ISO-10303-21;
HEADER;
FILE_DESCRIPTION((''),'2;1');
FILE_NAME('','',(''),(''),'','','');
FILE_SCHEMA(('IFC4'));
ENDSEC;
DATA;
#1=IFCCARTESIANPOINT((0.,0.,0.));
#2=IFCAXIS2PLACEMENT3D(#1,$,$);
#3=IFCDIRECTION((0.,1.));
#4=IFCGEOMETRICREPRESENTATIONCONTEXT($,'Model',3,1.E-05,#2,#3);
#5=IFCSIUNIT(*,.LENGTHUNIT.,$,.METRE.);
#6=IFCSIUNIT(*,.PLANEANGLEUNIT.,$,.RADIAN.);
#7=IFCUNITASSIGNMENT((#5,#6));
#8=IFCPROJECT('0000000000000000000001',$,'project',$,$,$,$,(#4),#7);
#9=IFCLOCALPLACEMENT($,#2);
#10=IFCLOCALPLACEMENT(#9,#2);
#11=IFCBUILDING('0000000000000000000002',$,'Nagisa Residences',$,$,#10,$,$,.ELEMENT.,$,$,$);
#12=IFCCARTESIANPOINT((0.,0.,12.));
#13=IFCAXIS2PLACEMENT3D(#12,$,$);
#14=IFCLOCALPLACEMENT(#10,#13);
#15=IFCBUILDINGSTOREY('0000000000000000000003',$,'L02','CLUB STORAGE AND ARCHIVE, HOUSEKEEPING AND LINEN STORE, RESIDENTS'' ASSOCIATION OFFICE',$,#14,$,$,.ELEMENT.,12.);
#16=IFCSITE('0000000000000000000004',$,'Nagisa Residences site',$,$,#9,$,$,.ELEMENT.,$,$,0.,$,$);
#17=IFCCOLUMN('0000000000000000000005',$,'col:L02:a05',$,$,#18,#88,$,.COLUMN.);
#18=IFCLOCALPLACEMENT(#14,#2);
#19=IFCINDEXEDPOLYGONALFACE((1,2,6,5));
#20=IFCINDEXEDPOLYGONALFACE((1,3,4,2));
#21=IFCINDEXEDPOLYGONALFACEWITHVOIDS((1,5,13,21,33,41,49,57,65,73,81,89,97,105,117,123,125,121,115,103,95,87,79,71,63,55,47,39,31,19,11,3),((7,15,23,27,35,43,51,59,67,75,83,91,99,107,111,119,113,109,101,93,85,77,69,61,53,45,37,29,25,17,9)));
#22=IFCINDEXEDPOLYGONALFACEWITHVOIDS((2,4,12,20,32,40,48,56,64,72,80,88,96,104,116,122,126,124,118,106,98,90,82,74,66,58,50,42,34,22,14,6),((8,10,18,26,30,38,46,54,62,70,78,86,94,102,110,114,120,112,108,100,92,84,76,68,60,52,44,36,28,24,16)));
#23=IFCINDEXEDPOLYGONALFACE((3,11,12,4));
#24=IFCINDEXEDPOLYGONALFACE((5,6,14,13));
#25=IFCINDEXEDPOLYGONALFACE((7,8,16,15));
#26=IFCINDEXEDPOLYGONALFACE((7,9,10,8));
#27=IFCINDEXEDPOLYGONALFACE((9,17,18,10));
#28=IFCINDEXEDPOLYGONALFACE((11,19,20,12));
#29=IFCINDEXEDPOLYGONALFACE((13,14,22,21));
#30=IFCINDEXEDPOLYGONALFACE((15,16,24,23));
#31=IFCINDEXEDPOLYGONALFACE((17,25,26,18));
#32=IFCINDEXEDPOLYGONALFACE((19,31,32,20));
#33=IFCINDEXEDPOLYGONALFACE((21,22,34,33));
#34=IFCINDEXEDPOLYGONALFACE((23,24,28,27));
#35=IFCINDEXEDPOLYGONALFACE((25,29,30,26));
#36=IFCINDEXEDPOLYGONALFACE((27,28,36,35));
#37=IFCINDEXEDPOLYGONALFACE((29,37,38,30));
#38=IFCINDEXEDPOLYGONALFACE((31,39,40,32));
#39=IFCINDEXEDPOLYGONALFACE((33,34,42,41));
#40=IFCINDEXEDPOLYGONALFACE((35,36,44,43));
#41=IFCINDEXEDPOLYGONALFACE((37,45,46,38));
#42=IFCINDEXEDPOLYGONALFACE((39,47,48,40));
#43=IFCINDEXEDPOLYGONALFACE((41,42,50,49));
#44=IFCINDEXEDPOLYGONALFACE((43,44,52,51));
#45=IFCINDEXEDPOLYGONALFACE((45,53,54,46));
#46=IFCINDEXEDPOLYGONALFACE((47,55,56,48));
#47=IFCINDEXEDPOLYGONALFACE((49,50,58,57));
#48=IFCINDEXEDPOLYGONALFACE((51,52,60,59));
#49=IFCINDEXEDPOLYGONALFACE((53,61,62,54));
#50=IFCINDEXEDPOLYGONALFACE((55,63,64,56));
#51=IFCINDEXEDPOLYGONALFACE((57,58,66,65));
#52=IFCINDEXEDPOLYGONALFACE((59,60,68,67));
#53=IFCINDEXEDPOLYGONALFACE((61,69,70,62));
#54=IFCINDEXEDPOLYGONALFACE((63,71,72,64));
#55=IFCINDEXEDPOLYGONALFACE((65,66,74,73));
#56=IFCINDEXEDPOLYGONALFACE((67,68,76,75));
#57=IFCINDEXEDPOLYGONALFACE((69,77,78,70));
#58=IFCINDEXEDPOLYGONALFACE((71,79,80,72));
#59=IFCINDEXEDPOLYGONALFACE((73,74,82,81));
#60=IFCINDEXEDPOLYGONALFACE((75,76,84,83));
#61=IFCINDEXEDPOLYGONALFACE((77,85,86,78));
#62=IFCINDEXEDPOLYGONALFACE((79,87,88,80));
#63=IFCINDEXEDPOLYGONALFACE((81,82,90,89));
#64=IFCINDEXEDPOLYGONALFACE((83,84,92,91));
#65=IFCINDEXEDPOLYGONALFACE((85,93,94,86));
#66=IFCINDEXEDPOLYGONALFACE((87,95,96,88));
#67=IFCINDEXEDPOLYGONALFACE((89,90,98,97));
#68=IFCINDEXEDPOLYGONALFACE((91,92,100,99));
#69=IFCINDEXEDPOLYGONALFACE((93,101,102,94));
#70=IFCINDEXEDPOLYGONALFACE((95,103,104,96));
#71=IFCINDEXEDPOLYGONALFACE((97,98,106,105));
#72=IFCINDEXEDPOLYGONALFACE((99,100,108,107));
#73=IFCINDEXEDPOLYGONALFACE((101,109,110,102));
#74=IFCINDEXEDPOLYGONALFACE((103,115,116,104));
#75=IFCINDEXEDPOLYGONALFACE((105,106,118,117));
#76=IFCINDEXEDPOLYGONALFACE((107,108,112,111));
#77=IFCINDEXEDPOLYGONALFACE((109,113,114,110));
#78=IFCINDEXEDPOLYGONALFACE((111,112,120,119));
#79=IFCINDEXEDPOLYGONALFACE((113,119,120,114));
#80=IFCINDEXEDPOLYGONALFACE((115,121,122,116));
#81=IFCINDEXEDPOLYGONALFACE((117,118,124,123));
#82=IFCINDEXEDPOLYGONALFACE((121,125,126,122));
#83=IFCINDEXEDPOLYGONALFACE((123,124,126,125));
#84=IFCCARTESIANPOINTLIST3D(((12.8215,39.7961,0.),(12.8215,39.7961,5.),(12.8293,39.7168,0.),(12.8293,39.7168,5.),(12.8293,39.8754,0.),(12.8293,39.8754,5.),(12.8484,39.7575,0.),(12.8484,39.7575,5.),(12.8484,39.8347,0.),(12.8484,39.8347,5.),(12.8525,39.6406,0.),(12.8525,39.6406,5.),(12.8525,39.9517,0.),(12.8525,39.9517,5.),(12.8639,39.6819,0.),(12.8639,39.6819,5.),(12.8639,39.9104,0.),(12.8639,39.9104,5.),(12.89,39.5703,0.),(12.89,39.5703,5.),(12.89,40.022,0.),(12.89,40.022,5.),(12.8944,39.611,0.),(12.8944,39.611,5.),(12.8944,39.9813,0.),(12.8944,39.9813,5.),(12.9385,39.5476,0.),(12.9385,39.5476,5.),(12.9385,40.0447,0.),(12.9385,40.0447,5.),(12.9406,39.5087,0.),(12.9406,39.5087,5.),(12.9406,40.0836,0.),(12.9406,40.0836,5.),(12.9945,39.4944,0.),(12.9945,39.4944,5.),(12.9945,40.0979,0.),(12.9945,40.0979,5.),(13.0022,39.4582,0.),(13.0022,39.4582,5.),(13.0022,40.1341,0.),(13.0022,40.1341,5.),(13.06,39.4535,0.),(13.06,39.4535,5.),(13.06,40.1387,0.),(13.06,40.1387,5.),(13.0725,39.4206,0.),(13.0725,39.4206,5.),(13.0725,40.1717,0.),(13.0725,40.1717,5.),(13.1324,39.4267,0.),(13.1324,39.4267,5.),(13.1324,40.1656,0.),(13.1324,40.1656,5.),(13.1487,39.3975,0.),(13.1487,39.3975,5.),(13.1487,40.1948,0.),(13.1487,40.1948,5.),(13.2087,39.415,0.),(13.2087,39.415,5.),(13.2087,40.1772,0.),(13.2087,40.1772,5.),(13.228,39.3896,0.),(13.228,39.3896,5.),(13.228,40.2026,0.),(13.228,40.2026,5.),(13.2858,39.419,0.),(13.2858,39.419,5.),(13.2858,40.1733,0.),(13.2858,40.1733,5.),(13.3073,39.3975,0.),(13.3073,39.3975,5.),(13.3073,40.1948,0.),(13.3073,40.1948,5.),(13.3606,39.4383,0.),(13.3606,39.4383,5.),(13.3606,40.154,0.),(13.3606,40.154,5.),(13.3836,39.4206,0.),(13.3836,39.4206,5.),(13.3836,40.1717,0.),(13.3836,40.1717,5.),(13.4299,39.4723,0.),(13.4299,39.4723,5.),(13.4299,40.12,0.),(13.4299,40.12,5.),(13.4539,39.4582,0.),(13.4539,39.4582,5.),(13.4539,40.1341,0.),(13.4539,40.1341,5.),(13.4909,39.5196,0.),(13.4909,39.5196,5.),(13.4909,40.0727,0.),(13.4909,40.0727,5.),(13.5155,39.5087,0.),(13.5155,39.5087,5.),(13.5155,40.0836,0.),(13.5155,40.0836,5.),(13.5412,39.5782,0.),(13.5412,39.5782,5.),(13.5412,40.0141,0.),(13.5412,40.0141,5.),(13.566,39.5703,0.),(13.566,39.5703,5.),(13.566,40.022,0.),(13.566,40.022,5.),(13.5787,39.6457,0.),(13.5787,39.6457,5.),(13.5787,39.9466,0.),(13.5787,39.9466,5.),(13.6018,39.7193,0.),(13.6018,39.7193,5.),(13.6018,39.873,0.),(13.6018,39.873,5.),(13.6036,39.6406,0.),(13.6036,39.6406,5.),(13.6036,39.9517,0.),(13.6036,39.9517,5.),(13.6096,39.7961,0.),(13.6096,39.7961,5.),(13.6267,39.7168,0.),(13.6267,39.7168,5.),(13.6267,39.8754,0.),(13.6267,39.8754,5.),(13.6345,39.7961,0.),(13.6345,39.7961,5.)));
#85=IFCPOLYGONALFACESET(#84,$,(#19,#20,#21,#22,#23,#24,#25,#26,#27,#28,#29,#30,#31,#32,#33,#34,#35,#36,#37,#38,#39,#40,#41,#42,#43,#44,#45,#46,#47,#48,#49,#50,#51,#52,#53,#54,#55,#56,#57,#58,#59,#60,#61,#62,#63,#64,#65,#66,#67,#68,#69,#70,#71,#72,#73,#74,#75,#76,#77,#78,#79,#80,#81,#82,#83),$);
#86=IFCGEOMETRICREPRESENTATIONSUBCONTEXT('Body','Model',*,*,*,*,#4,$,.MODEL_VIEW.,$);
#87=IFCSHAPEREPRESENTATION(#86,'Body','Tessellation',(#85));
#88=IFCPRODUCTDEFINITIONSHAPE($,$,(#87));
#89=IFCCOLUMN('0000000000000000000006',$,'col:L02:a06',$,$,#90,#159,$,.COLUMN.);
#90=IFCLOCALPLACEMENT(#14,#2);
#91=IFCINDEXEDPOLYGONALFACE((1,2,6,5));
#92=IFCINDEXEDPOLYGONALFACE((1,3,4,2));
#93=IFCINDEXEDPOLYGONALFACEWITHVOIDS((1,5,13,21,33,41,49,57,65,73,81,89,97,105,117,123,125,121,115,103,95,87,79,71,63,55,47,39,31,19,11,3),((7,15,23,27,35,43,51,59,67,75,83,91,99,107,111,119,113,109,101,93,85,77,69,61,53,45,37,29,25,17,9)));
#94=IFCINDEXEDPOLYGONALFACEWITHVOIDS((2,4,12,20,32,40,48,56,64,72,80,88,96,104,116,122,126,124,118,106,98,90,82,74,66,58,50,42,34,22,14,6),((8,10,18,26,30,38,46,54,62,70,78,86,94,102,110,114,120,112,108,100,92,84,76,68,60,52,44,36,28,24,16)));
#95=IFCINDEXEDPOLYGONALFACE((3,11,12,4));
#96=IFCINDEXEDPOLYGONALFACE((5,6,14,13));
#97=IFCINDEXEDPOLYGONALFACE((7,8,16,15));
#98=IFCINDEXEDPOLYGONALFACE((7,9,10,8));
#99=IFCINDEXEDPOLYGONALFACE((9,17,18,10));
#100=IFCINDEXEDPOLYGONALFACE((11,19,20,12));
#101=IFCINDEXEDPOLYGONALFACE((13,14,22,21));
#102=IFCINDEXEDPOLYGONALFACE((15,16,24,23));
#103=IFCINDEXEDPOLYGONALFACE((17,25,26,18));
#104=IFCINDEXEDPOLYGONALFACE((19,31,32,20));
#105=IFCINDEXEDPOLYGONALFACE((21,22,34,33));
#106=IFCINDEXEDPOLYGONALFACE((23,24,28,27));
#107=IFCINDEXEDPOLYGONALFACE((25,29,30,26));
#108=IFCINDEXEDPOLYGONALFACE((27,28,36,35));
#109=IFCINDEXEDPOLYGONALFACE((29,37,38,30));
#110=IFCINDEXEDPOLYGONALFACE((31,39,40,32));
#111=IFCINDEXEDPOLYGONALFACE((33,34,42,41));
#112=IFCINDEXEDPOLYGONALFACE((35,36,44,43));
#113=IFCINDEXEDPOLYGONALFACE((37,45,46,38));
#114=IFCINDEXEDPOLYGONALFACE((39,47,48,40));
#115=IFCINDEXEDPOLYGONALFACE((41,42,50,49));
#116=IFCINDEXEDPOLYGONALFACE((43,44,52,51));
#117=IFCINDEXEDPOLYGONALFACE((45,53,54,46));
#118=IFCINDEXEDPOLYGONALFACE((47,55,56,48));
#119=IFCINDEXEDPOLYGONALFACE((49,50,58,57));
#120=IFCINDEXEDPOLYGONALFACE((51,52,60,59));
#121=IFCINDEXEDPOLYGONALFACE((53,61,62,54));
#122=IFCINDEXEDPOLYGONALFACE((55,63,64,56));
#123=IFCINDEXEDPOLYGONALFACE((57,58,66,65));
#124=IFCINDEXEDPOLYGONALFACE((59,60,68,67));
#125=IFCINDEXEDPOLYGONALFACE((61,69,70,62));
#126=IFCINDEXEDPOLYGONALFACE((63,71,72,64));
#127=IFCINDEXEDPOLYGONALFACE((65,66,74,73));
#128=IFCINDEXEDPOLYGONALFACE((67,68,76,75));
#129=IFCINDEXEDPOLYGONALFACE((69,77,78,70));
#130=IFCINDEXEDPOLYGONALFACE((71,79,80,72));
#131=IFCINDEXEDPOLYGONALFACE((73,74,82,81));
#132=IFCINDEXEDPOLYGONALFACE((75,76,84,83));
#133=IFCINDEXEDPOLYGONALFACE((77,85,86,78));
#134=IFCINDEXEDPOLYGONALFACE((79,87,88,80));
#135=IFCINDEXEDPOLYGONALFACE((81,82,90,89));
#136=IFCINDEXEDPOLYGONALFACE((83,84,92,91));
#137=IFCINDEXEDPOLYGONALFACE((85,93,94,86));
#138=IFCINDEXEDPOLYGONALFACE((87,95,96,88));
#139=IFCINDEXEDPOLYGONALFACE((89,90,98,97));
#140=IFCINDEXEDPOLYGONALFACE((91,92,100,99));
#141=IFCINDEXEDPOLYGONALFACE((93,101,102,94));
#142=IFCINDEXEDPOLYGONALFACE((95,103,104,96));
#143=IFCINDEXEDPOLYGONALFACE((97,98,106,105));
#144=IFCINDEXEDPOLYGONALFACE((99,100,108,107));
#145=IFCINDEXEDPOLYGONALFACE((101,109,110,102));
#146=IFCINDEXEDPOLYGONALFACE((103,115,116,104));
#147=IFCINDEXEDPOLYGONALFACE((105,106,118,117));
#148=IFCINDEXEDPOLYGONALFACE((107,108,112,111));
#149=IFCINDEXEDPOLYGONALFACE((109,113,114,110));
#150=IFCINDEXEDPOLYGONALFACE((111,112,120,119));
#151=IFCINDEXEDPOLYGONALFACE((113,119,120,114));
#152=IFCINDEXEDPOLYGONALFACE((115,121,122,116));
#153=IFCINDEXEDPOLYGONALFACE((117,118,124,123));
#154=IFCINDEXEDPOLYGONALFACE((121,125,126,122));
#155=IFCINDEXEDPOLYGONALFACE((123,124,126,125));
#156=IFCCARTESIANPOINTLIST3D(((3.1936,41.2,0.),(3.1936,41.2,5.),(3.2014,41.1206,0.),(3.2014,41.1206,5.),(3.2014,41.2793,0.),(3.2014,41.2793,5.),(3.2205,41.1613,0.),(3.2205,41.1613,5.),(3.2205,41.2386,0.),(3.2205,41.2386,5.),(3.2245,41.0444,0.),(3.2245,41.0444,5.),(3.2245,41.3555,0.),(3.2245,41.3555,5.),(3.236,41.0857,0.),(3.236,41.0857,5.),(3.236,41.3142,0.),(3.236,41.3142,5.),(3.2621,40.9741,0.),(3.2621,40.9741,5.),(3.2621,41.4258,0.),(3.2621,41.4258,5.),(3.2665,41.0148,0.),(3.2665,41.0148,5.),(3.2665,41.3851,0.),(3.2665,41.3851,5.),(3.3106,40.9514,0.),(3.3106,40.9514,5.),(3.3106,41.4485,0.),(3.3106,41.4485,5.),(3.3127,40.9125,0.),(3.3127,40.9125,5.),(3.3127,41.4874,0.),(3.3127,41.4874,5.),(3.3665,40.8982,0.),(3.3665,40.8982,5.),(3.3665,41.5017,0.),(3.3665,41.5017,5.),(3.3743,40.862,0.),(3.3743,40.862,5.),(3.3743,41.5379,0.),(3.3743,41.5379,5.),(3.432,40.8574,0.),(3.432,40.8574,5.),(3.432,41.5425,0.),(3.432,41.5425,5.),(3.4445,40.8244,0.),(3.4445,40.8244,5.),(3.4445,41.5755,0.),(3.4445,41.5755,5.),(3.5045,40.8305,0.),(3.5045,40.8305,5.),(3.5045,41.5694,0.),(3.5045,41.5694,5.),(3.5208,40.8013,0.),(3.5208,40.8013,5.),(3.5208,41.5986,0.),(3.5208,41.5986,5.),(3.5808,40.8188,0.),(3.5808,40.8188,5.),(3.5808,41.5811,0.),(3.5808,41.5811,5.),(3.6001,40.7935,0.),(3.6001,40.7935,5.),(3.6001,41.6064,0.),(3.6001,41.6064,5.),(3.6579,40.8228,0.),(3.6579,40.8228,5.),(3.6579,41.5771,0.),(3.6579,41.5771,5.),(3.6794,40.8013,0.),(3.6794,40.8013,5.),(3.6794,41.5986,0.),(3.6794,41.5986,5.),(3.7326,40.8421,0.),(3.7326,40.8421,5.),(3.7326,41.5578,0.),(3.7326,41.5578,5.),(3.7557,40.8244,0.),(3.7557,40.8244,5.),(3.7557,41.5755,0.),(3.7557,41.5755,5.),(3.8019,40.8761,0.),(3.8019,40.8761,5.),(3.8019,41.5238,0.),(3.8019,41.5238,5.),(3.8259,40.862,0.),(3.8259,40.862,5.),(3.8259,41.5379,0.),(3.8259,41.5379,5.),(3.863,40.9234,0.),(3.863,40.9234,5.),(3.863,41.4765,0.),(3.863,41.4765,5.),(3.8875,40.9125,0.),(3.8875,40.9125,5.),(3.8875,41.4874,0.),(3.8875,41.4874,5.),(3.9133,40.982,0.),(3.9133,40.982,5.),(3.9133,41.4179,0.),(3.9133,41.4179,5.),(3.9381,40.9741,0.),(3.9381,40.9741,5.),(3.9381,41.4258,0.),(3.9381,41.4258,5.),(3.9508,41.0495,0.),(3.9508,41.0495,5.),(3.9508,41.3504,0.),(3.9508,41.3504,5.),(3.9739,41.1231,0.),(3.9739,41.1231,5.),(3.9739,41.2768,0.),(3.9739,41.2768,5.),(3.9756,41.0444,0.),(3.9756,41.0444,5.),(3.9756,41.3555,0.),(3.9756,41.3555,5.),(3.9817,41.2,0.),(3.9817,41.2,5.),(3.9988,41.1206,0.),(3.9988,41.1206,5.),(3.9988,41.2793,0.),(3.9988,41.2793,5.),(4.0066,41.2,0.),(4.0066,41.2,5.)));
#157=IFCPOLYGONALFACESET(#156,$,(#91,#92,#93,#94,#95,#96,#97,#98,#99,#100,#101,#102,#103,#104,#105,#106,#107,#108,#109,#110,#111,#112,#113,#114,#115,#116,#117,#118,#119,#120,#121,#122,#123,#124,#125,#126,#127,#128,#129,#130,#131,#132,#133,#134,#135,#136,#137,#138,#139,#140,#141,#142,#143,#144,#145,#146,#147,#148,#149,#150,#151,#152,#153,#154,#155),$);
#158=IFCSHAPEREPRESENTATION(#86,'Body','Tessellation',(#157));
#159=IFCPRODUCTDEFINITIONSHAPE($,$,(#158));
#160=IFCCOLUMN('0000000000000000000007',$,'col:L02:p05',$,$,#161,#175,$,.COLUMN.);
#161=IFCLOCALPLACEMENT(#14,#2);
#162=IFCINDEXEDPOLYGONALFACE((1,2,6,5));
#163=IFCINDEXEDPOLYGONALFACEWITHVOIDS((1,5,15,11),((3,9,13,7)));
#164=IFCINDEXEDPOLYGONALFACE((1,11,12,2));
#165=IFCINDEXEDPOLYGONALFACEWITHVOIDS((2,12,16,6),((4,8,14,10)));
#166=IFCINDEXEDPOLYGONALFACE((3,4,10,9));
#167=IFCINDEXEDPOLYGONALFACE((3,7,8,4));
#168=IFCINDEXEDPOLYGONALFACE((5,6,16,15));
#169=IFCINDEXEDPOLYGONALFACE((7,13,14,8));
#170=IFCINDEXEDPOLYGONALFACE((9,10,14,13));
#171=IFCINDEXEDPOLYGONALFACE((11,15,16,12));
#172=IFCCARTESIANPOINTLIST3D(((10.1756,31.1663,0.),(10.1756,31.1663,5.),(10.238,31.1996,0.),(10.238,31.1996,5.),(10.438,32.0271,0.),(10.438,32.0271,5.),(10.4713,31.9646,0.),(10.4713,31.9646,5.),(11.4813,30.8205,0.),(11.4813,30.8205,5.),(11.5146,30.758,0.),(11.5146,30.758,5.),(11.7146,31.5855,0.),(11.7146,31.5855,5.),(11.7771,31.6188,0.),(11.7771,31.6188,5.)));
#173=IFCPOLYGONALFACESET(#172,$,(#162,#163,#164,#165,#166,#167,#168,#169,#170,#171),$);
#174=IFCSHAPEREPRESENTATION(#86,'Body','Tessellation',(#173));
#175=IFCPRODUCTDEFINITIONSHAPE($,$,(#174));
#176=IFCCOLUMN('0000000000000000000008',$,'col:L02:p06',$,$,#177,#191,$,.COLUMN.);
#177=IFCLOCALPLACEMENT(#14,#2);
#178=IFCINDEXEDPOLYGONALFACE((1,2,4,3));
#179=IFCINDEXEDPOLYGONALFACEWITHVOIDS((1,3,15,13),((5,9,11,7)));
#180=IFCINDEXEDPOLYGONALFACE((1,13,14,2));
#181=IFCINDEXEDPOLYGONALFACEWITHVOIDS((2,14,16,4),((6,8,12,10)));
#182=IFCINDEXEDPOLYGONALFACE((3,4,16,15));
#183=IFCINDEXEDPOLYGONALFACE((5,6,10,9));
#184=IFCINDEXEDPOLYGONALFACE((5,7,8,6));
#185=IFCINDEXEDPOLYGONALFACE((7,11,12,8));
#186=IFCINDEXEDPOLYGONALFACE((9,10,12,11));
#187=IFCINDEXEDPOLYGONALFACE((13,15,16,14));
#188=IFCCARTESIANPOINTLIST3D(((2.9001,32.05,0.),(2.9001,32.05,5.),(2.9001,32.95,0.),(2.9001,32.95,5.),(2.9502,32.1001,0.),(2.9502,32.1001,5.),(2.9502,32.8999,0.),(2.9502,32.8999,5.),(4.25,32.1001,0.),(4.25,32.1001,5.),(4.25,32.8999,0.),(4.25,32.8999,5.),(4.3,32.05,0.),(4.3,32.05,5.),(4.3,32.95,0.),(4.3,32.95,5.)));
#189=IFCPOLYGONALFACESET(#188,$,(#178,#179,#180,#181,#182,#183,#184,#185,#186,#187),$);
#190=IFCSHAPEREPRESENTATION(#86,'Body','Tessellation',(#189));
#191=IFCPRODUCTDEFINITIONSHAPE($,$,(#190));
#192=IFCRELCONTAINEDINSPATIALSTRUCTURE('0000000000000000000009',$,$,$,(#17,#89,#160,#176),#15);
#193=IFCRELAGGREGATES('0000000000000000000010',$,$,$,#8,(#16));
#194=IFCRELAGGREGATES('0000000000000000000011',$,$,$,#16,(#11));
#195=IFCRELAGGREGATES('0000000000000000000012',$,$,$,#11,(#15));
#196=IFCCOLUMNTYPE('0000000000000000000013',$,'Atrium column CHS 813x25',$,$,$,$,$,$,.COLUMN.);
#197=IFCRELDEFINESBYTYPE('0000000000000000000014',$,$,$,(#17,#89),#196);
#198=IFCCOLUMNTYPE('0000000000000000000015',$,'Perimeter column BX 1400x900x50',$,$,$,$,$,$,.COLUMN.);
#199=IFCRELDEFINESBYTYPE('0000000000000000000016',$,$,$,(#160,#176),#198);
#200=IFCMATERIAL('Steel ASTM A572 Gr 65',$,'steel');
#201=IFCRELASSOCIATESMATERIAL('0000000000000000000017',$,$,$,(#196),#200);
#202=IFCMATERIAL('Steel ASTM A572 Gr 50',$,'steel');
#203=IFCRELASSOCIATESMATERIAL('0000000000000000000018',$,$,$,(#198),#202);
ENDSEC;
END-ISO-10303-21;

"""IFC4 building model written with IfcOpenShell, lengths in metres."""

from ifc_helpers import new_model, si_unit, direction, frame, origin, origin_2d, place, context, subcontext, project, spatial, hollow_rectangle, hollow_circle, extrude, material, material_profile, profile_set, type_object, element, save


model = new_model("IFC4")

# Units and contexts
model_context = context("Model", 3, precision=1e-05, world=origin(), true_north=direction((0.0, 1.0)))
body_context = subcontext(model_context, "Body", "Model", "MODEL_VIEW")
ifc_project = project(units=[si_unit("LENGTHUNIT", "METRE"), si_unit("PLANEANGLEUNIT", "RADIAN")], contexts=[model_context])

# Site, building, storey
site_placement = place(None, origin())
site = spatial("IfcSite", under=ifc_project, at=site_placement, Name="Nagisa Residences site", CompositionType="ELEMENT", RefElevation=0.0)
building_placement = place(site_placement, origin())
building = spatial("IfcBuilding", under=site, at=building_placement, Name="Nagisa Residences", CompositionType="ELEMENT")
storey_placement = place(building_placement, frame((0.0, 0.0, 12.0)))
storey = spatial("IfcBuildingStorey", under=building, at=storey_placement, Name="L02", Description="CLUB STORAGE AND ARCHIVE, HOUSEKEEPING AND LINEN STORE, RESIDENTS' ASSOCIATION OFFICE", CompositionType="ELEMENT", Elevation=12.0)

# Columns
ifc_material_1 = material(Name="Steel ASTM A572 Gr 65", Category="steel")
ifc_material_profile_1 = material_profile(ifc_material_1, hollow_circle(Radius=0.4065, WallThickness=0.0249, at=origin_2d()), Name="CHS 813x25")
ifc_profile_set_1 = profile_set([ifc_material_profile_1], Name="Steel ASTM A572 Gr 65")
column_type_1 = type_object("IfcColumnType", Name="Atrium column CHS 813x25", PredefinedType="COLUMN", material=ifc_profile_set_1)
for number, where, z_axis, x_axis, name in (
    (1, (13.228, 39.7961, 0.0), (0.0, 0.0, 1.0), (1.0, 0.0, 0.0), "col:L02:a05"),
    (2, (3.6001, 41.2, 0.0), (0.0, 0.0, 1.0), (1.0, 0.0, 0.0), "col:L02:a06"),
):
    element("IfcColumn", number, at=place(storey_placement, frame(where, z_axis=z_axis, x_axis=x_axis)), inside=storey, type_object=column_type_1, Name=name, PredefinedType="COLUMN", context=body_context, shape_type="SweptSolid", body=[
        extrude(hollow_circle(Radius=0.4065, WallThickness=0.0249, at=origin_2d()), origin(), (0.0, 0.0, 1.0), 5.0),
    ])
ifc_material_2 = material(Name="Steel ASTM A572 Gr 50", Category="steel")
ifc_material_profile_2 = material_profile(ifc_material_2, hollow_rectangle(XDim=1.3999, YDim=0.8999, WallThickness=0.05, at=origin_2d()), Name="BX 1400x900x50")
ifc_profile_set_2 = profile_set([ifc_material_profile_2], Name="Steel ASTM A572 Gr 50")
column_type_2 = type_object("IfcColumnType", Name="Perimeter column BX 1400x900x50", PredefinedType="COLUMN", material=ifc_profile_set_2)
for number, where, z_axis, x_axis, name in (
    (3, (10.9763, 31.3926, 0.0), (0.0, 0.0, 1.0), (-0.956525, 0.291652, 0.0), "col:L02:p05"),
    (4, (3.6001, 32.5, 0.0), (0.0, 0.0, 1.0), (-1.0, 0.0, 0.0), "col:L02:p06"),
):
    element("IfcColumn", number, at=place(storey_placement, frame(where, z_axis=z_axis, x_axis=x_axis)), inside=storey, type_object=column_type_2, Name=name, PredefinedType="COLUMN", context=body_context, shape_type="SweptSolid", body=[
        extrude(hollow_rectangle(XDim=1.3999, YDim=0.8999, WallThickness=0.05, at=origin_2d()), origin(), (0.0, 0.0, 1.0), 5.0),
    ])

save(model, "model.ifc")
